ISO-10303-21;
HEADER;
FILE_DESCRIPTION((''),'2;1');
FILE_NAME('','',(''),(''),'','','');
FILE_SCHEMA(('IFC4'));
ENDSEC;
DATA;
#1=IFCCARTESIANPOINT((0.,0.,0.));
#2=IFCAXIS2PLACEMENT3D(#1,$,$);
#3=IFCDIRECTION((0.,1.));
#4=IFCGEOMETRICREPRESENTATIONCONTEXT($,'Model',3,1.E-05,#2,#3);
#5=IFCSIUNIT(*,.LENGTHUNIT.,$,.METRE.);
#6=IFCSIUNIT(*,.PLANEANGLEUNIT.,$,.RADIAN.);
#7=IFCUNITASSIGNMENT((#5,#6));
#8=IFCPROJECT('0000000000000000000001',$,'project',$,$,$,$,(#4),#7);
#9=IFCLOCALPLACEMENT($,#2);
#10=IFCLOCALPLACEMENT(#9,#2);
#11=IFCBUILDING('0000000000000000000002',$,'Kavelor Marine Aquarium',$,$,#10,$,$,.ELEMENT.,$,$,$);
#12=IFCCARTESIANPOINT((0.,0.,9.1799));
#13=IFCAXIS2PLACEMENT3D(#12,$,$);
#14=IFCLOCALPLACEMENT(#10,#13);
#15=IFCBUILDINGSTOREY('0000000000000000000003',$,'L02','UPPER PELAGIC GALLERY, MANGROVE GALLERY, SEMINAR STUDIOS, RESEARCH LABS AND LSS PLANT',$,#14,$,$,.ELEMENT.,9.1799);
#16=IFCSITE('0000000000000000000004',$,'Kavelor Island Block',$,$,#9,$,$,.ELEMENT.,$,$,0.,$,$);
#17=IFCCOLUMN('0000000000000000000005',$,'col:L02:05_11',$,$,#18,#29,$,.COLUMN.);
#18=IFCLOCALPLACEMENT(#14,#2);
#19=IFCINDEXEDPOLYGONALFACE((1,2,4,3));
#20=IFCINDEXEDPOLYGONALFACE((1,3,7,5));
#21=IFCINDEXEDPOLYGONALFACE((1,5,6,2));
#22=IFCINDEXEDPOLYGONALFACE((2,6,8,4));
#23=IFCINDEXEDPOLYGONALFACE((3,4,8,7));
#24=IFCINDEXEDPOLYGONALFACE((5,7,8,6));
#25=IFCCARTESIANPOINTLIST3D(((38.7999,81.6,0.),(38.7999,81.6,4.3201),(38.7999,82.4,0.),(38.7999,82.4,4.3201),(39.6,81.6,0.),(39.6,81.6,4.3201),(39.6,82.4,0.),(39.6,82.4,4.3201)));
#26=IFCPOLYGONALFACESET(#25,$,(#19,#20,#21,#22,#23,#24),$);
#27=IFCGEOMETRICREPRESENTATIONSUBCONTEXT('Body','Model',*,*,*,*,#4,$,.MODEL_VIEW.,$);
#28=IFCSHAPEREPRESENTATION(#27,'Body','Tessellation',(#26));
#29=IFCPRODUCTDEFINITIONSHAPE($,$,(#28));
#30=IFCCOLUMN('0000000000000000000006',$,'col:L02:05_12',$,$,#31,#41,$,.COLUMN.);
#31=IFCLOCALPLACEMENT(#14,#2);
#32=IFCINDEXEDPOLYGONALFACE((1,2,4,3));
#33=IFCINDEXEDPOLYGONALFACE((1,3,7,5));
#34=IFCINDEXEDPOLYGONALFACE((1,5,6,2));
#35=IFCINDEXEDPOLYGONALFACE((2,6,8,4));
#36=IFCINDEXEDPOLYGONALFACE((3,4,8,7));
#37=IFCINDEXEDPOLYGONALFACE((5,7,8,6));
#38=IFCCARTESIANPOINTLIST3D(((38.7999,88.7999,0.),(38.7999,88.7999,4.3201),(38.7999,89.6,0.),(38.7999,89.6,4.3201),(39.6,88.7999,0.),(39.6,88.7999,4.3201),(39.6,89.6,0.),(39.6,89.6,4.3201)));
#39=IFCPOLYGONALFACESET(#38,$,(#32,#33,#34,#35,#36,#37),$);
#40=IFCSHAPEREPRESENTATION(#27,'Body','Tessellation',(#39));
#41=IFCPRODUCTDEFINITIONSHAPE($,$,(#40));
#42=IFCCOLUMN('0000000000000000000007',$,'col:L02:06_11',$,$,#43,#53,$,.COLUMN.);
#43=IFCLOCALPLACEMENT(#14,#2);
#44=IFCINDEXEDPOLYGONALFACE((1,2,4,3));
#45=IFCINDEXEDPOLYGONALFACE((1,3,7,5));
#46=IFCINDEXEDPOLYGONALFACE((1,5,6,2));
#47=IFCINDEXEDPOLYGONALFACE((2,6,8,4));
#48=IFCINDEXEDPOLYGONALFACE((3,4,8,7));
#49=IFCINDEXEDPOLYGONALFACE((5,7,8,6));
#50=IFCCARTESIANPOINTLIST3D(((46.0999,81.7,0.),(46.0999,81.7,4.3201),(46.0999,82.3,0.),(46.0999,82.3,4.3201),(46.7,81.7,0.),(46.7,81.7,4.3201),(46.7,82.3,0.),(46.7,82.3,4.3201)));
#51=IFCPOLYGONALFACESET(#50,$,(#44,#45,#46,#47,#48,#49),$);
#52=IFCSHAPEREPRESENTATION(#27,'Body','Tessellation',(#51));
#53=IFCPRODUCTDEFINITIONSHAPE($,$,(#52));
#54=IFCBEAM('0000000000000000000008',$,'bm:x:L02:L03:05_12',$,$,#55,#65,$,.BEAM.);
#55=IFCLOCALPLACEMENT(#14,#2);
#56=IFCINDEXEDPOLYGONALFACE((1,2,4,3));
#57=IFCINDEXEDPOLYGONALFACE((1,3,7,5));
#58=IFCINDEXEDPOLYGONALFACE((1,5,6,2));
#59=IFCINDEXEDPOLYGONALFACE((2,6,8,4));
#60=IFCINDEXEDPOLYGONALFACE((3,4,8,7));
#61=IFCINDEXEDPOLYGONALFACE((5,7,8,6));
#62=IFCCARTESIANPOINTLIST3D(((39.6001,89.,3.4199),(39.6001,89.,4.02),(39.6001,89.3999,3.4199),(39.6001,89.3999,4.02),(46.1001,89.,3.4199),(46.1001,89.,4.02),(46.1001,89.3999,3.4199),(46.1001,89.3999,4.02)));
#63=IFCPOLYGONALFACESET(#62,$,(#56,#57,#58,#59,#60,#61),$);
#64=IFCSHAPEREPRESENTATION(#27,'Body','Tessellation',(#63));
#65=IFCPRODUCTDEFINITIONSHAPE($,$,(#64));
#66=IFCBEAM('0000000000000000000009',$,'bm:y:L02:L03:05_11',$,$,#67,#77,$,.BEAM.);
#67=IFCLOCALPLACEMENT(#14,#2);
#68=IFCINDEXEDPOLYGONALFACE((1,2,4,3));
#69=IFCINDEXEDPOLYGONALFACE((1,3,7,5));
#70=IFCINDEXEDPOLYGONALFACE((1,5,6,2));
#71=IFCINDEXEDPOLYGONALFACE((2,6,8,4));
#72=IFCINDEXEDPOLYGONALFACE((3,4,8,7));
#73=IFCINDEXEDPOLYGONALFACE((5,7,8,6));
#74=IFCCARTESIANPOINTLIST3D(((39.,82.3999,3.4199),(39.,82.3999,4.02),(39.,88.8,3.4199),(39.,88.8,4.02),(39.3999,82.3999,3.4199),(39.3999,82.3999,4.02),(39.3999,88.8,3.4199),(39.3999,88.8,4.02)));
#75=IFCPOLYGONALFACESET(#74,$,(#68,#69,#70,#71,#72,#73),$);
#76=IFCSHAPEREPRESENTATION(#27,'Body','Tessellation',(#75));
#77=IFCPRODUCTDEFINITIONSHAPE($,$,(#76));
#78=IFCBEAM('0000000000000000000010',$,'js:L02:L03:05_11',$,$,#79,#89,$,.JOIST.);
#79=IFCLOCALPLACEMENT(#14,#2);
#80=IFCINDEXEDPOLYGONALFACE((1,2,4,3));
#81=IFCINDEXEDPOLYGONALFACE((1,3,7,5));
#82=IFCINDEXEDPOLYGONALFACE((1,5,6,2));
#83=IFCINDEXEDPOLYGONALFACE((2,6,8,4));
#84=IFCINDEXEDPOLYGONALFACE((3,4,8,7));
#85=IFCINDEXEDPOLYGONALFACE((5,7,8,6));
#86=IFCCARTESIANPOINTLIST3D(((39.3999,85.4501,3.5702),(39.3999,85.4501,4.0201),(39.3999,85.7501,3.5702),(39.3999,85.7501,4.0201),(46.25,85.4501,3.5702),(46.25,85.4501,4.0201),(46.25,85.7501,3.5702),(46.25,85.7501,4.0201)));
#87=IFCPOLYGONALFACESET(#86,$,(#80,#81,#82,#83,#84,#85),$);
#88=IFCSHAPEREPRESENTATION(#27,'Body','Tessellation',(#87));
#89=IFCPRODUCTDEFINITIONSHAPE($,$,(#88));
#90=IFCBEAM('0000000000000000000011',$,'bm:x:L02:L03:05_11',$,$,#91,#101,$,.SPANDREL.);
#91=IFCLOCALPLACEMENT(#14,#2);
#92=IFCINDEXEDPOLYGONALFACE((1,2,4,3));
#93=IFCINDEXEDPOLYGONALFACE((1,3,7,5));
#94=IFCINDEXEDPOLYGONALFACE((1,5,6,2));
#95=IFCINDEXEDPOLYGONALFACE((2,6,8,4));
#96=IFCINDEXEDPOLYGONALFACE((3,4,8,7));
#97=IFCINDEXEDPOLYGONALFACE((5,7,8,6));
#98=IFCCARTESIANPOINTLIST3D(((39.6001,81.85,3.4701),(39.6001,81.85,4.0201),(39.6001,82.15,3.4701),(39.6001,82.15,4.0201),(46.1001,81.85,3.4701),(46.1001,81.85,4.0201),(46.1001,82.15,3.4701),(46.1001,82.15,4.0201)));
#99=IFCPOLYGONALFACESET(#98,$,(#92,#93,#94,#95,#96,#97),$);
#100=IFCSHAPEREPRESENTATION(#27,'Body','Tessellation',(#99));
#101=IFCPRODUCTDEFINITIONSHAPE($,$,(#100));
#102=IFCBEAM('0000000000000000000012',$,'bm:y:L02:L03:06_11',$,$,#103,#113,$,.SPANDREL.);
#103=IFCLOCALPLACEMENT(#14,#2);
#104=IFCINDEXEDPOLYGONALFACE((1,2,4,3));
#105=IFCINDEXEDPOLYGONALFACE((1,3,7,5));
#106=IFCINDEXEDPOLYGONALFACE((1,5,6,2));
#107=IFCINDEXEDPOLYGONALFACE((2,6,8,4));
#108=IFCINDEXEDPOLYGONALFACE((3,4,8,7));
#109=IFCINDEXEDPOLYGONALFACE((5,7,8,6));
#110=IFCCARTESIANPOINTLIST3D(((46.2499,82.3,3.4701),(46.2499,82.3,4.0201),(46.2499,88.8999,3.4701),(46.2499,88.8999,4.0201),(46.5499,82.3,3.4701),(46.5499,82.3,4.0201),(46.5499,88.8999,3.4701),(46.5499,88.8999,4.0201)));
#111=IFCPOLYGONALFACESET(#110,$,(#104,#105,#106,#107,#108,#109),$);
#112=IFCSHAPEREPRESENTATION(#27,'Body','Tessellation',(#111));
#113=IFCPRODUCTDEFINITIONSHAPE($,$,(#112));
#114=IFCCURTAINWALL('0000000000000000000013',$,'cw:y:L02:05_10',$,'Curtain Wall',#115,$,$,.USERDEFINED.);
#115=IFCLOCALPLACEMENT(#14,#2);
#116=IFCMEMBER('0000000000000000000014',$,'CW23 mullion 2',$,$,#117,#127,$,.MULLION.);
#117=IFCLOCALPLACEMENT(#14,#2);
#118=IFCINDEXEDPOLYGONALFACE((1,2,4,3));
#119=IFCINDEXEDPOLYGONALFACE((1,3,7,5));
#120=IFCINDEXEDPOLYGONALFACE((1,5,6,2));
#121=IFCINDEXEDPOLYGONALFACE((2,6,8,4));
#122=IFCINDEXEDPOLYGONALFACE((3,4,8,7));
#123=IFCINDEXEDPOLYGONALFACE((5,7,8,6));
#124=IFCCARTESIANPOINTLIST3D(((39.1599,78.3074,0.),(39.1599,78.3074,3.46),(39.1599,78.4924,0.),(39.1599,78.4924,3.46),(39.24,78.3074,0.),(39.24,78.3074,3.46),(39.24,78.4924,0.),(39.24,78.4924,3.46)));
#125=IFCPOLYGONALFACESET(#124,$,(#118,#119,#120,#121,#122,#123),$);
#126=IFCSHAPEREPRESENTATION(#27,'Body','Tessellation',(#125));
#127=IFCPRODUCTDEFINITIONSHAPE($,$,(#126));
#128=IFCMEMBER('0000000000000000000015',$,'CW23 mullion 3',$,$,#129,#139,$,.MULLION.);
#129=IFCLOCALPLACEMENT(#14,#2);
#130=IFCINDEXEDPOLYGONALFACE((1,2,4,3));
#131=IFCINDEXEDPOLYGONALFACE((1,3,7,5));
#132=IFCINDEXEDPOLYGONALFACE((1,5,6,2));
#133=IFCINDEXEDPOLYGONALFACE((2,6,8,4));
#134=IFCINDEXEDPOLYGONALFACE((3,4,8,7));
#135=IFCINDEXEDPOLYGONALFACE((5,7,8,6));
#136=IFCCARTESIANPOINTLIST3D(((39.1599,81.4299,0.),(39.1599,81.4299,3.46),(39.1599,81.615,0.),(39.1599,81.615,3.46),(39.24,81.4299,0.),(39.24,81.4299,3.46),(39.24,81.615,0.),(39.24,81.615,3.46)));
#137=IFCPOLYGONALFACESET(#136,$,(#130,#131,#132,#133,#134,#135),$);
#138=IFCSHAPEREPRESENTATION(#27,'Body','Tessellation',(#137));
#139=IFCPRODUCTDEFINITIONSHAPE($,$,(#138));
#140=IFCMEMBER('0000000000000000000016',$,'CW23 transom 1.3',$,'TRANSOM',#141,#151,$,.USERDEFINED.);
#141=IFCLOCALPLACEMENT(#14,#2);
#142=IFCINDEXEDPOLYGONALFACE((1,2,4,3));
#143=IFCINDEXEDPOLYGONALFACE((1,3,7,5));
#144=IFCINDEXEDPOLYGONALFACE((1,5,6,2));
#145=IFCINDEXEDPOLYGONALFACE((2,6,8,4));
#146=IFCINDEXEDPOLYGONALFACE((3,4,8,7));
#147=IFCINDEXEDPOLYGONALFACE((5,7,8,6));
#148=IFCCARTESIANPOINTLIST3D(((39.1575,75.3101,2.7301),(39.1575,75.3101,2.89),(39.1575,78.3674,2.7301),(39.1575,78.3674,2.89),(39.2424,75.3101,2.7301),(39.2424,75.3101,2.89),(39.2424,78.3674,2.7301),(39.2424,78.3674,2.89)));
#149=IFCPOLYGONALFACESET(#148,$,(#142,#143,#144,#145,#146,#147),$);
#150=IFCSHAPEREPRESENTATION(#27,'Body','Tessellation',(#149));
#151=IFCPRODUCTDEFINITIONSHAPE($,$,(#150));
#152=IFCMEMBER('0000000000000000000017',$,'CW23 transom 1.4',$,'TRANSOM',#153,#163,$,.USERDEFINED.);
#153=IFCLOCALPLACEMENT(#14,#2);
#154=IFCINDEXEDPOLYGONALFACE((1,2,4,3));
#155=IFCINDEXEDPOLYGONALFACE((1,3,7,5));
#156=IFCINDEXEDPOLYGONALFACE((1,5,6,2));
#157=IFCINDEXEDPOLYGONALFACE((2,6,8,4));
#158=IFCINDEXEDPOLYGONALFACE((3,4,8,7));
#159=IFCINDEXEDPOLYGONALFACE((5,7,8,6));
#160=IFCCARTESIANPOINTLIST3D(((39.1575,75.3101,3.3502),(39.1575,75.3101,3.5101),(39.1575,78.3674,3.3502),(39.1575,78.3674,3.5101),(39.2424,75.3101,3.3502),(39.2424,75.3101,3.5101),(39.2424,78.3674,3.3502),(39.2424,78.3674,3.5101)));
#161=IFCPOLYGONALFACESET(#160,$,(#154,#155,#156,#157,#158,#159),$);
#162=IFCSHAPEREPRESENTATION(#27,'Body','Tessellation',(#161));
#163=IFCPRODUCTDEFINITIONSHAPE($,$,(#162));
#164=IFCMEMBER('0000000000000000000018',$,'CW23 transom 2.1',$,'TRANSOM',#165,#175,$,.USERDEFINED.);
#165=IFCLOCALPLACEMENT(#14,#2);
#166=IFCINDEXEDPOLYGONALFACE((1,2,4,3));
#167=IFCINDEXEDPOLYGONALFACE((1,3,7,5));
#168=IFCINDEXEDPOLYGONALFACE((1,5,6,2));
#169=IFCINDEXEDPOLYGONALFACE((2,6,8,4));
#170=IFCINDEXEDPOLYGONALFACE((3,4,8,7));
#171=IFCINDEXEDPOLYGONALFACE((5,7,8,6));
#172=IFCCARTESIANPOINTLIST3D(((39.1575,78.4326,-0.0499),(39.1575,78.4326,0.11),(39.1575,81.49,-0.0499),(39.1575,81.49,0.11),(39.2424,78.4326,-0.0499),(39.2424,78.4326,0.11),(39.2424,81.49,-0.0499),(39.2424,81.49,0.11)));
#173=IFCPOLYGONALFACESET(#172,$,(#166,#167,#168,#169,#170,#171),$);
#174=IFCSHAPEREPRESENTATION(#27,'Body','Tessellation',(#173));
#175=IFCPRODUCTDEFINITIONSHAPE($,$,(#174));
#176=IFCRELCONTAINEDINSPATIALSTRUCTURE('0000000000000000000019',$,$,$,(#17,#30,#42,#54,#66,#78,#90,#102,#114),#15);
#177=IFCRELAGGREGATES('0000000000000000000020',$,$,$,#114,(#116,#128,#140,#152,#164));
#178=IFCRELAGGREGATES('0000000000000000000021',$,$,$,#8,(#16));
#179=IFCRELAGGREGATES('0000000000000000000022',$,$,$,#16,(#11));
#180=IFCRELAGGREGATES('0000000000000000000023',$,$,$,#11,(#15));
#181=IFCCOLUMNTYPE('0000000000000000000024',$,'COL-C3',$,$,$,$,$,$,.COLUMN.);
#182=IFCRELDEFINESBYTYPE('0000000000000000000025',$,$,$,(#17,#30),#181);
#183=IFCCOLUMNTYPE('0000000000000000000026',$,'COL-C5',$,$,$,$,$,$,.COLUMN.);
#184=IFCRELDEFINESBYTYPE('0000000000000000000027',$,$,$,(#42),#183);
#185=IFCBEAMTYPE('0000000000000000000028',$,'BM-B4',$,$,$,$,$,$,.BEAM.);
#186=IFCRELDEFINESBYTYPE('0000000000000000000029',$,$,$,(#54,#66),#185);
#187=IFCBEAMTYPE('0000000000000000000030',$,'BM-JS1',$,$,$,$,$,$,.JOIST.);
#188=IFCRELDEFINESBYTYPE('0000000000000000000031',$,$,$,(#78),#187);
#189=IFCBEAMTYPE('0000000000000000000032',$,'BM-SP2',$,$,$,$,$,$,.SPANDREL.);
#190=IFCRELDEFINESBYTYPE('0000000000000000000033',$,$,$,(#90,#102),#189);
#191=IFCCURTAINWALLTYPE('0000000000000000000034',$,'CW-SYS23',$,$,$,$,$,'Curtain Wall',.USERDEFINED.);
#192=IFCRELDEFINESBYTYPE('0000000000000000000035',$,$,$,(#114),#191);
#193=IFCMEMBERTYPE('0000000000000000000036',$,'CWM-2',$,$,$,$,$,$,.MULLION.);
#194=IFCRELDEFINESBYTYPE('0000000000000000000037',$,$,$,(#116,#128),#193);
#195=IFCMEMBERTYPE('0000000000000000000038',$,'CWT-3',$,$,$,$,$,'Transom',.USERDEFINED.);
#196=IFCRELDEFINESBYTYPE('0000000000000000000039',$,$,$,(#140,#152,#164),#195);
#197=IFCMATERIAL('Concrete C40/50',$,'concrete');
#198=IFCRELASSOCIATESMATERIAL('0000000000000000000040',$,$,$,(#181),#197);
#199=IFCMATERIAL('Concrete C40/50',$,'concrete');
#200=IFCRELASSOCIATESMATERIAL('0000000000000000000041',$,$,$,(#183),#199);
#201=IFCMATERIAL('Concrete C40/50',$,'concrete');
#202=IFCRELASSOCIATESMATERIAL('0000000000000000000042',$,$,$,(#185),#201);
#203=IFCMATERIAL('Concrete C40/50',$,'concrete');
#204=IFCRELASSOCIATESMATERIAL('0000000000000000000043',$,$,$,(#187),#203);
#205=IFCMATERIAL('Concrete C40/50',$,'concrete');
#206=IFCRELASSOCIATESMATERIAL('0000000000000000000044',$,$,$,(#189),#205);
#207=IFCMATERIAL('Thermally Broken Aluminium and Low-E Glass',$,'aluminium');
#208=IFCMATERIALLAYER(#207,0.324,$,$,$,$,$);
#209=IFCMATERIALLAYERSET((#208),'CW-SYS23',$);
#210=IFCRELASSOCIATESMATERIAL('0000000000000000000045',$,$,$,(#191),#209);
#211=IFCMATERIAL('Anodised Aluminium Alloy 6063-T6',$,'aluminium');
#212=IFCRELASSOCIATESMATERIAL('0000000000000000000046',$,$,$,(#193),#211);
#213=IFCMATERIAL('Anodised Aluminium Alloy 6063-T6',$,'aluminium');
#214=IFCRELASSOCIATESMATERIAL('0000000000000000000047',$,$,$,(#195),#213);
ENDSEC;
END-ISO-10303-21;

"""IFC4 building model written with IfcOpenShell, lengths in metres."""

from ifc_helpers import new_model, si_unit, direction, frame, origin, origin_2d, place, context, subcontext, project, spatial, rectangle, extrude, material, layer, layer_set, material_profile, profile_set, type_object, element, aggregate, save


model = new_model("IFC4")

# Units and contexts
model_context = context("Model", 3, precision=1e-05, world=origin(), true_north=direction((0.0, 1.0)))
body_context = subcontext(model_context, "Body", "Model", "MODEL_VIEW")
ifc_project = project(units=[si_unit("LENGTHUNIT", "METRE"), si_unit("PLANEANGLEUNIT", "RADIAN")], contexts=[model_context])

# Site, building, storey
site_placement = place(None, origin())
site = spatial("IfcSite", under=ifc_project, at=site_placement, Name="Kavelor Island Block", CompositionType="ELEMENT", RefElevation=0.0)
building_placement = place(site_placement, origin())
building = spatial("IfcBuilding", under=site, at=building_placement, Name="Kavelor Marine Aquarium", CompositionType="ELEMENT")
storey_placement = place(building_placement, frame((0.0, 0.0, 9.1799)))
storey = spatial("IfcBuildingStorey", under=building, at=storey_placement, Name="L02", Description="UPPER PELAGIC GALLERY, MANGROVE GALLERY, SEMINAR STUDIOS, RESEARCH LABS AND LSS PLANT", CompositionType="ELEMENT", Elevation=9.1799)

# Columns
ifc_material_1 = material(Name="Concrete C40/50", Category="concrete")
ifc_material_profile_1 = material_profile(ifc_material_1, rectangle(XDim=0.8, YDim=0.8, at=origin_2d()), Name="RC-COL 800x800")
ifc_profile_set_1 = profile_set([ifc_material_profile_1], Name="Concrete C40/50")
column_type_1 = type_object("IfcColumnType", Name="COL-C3", PredefinedType="COLUMN", material=ifc_profile_set_1)
for number, where, z_axis, x_axis, name in (
    (1, (39.2, 82.0, 0.0), (0.0, 0.0, 1.0), (1.0, 0.0, 0.0), "col:L02:05_11"),
    (2, (39.2, 89.2, 0.0), (0.0, 0.0, 1.0), (1.0, 0.0, 0.0), "col:L02:05_12"),
):
    element("IfcColumn", number, at=place(storey_placement, frame(where, z_axis=z_axis, x_axis=x_axis)), inside=storey, type_object=column_type_1, Name=name, PredefinedType="COLUMN", context=body_context, shape_type="SweptSolid", body=[
        extrude(rectangle(XDim=0.8, YDim=0.8, at=origin_2d()), origin(), (0.0, 0.0, 1.0), 4.3201),
    ])
ifc_material_2 = material(Name="Concrete C40/50", Category="concrete")
ifc_material_profile_2 = material_profile(ifc_material_2, rectangle(XDim=0.6001, YDim=0.6001, at=origin_2d()), Name="RC-COL 600x600")
ifc_profile_set_2 = profile_set([ifc_material_profile_2], Name="Concrete C40/50")
column_type_2 = type_object("IfcColumnType", Name="COL-C5", PredefinedType="COLUMN", material=ifc_profile_set_2)
column_placement = place(storey_placement, frame((46.3999, 82.0, 0.0), z_axis=(0.0, 0.0, 1.0), x_axis=(1.0, 0.0, 0.0)))
element("IfcColumn", 3, at=column_placement, inside=storey, type_object=column_type_2, Name="col:L02:06_11", PredefinedType="COLUMN", context=body_context, shape_type="SweptSolid", body=[
    extrude(rectangle(XDim=0.6001, YDim=0.6001, at=origin_2d()), origin(), (0.0, 0.0, 1.0), 4.3201),
])

# Beams
ifc_material_3 = material(Name="Concrete C40/50", Category="concrete")
ifc_material_profile_3 = material_profile(ifc_material_3, rectangle(XDim=0.3999, YDim=0.6001, at=origin_2d()), Name="RC-BM 400x600")
ifc_profile_set_3 = profile_set([ifc_material_profile_3], Name="Concrete C40/50")
beam_type_1 = type_object("IfcBeamType", Name="BM-B4", PredefinedType="BEAM", material=ifc_profile_set_3)
beam_1_placement = place(storey_placement, frame((39.6001, 89.2, 3.72), z_axis=(1.0, 0.0, 0.0), x_axis=(0.0, 1.0, 0.0)))
element("IfcBeam", 4, at=beam_1_placement, inside=storey, type_object=beam_type_1, Name="bm:x:L02:L03:05_12", PredefinedType="BEAM", context=body_context, shape_type="SweptSolid", body=[
    extrude(rectangle(XDim=0.3999, YDim=0.6001, at=origin_2d()), origin(), (0.0, 0.0, 1.0), 6.5),
])
beam_2_placement = place(storey_placement, frame((39.2, 82.3999, 3.72), z_axis=(0.0, 1.0, 0.0), x_axis=(-1.0, 0.0, 0.0)))
element("IfcBeam", 5, at=beam_2_placement, inside=storey, type_object=beam_type_1, Name="bm:y:L02:L03:05_11", PredefinedType="BEAM", context=body_context, shape_type="SweptSolid", body=[
    extrude(rectangle(XDim=0.3999, YDim=0.6001, at=origin_2d()), origin(), (0.0, 0.0, 1.0), 6.4001),
])
ifc_material_4 = material(Name="Concrete C40/50", Category="concrete")
ifc_material_profile_4 = material_profile(ifc_material_4, rectangle(XDim=0.3, YDim=0.45, at=origin_2d()), Name="RC-JS 300x450")
ifc_profile_set_4 = profile_set([ifc_material_profile_4], Name="Concrete C40/50")
beam_type_2 = type_object("IfcBeamType", Name="BM-JS1", PredefinedType="JOIST", material=ifc_profile_set_4)
beam_3_placement = place(storey_placement, frame((39.3999, 85.6001, 3.7952), z_axis=(1.0, 0.0, 0.0), x_axis=(0.0, 1.0, 0.0)))
element("IfcBeam", 6, at=beam_3_placement, inside=storey, type_object=beam_type_2, Name="js:L02:L03:05_11", PredefinedType="JOIST", context=body_context, shape_type="SweptSolid", body=[
    extrude(rectangle(XDim=0.3, YDim=0.45, at=origin_2d()), origin(), (0.0, 0.0, 1.0), 6.8501),
])
ifc_material_5 = material(Name="Concrete C40/50", Category="concrete")
ifc_material_profile_5 = material_profile(ifc_material_5, rectangle(XDim=0.3, YDim=0.55, at=origin_2d()), Name="RC-SP 300x550")
ifc_profile_set_5 = profile_set([ifc_material_profile_5], Name="Concrete C40/50")
beam_type_3 = type_object("IfcBeamType", Name="BM-SP2", PredefinedType="SPANDREL", material=ifc_profile_set_5)
beam_4_placement = place(storey_placement, frame((39.6001, 82.0, 3.7451), z_axis=(1.0, 0.0, 0.0), x_axis=(0.0, 1.0, 0.0)))
element("IfcBeam", 7, at=beam_4_placement, inside=storey, type_object=beam_type_3, Name="bm:x:L02:L03:05_11", PredefinedType="SPANDREL", context=body_context, shape_type="SweptSolid", body=[
    extrude(rectangle(XDim=0.3, YDim=0.55, at=origin_2d()), origin(), (0.0, 0.0, 1.0), 6.5),
])
beam_5_placement = place(storey_placement, frame((46.3999, 82.3, 3.7451), z_axis=(0.0, 1.0, 0.0), x_axis=(-1.0, 0.0, 0.0)))
element("IfcBeam", 8, at=beam_5_placement, inside=storey, type_object=beam_type_3, Name="bm:y:L02:L03:06_11", PredefinedType="SPANDREL", context=body_context, shape_type="SweptSolid", body=[
    extrude(rectangle(XDim=0.3, YDim=0.55, at=origin_2d()), origin(), (0.0, 0.0, 1.0), 6.5999),
])

# Curtain wall, members
ifc_material_6 = material(Name="Thermally Broken Aluminium and Low-E Glass", Category="aluminium")
ifc_layer_1 = layer(ifc_material_6, 0.324)
ifc_layer_set_1 = layer_set([ifc_layer_1], Name="CW-SYS23")
curtain_wall_type = type_object("IfcCurtainWallType", Name="CW-SYS23", ElementType="Curtain Wall", PredefinedType="USERDEFINED", material=ifc_layer_set_1)
curtain_wall_placement = place(storey_placement, origin())
curtain_wall = element("IfcCurtainWall", 9, at=curtain_wall_placement, inside=storey, type_object=curtain_wall_type, Name="cw:y:L02:05_10", ObjectType="Curtain Wall", PredefinedType="USERDEFINED")
ifc_material_7 = material(Name="Anodised Aluminium Alloy 6063-T6", Category="aluminium")
ifc_material_profile_6 = material_profile(ifc_material_7, rectangle(XDim=0.0801, YDim=0.1851, at=origin_2d()), Name="CW-MUL 80x185")
ifc_profile_set_6 = profile_set([ifc_material_profile_6], Name="Anodised Aluminium Alloy 6063-T6")
member_type_1 = type_object("IfcMemberType", Name="CWM-2", PredefinedType="MULLION", material=ifc_profile_set_6)
member_1_placement = place(storey_placement, frame((39.2, 78.3999, 0.0), z_axis=(0.0, 0.0, 1.0), x_axis=(-1.0, 0.0, 0.0)))
member_1 = element("IfcMember", 10, at=member_1_placement, type_object=member_type_1, Name="CW23 mullion 2", PredefinedType="MULLION", context=body_context, shape_type="SweptSolid", body=[
    extrude(rectangle(XDim=0.0801, YDim=0.1851, at=origin_2d()), origin(), (0.0, 0.0, 1.0), 3.46),
])
member_2_placement = place(storey_placement, frame((39.2, 81.5225, 0.0), z_axis=(0.0, 0.0, 1.0), x_axis=(-1.0, 0.0, 0.0)))
member_2 = element("IfcMember", 11, at=member_2_placement, type_object=member_type_1, Name="CW23 mullion 3", PredefinedType="MULLION", context=body_context, shape_type="SweptSolid", body=[
    extrude(rectangle(XDim=0.0801, YDim=0.1851, at=origin_2d()), origin(), (0.0, 0.0, 1.0), 3.46),
])
ifc_material_8 = material(Name="Anodised Aluminium Alloy 6063-T6", Category="aluminium")
ifc_material_profile_7 = material_profile(ifc_material_8, rectangle(XDim=0.085, YDim=0.1599, at=origin_2d()), Name="CW-TRN 85x160")
ifc_profile_set_7 = profile_set([ifc_material_profile_7], Name="Anodised Aluminium Alloy 6063-T6")
member_type_2 = type_object("IfcMemberType", Name="CWT-3", ElementType="Transom", PredefinedType="USERDEFINED", material=ifc_profile_set_7)
member_3_placement = place(storey_placement, frame((39.2, 75.3101, 2.8101), z_axis=(0.0, 1.0, 0.0), x_axis=(-1.0, 0.0, 0.0)))
member_3 = element("IfcMember", 12, at=member_3_placement, type_object=member_type_2, Name="CW23 transom 1.3", ObjectType="TRANSOM", PredefinedType="USERDEFINED", context=body_context, shape_type="SweptSolid", body=[
    extrude(rectangle(XDim=0.085, YDim=0.1599, at=origin_2d()), origin(), (0.0, 0.0, 1.0), 3.0574),
])
member_4_placement = place(storey_placement, frame((39.2, 75.3101, 3.4302), z_axis=(0.0, 1.0, 0.0), x_axis=(-1.0, 0.0, 0.0)))
member_4 = element("IfcMember", 13, at=member_4_placement, type_object=member_type_2, Name="CW23 transom 1.4", ObjectType="TRANSOM", PredefinedType="USERDEFINED", context=body_context, shape_type="SweptSolid", body=[
    extrude(rectangle(XDim=0.085, YDim=0.1599, at=origin_2d()), origin(), (0.0, 0.0, 1.0), 3.0574),
])
member_5_placement = place(storey_placement, frame((39.2, 78.4326, 0.03), z_axis=(0.0, 1.0, 0.0), x_axis=(-1.0, 0.0, 0.0)))
member_5 = element("IfcMember", 14, at=member_5_placement, type_object=member_type_2, Name="CW23 transom 2.1", ObjectType="TRANSOM", PredefinedType="USERDEFINED", context=body_context, shape_type="SweptSolid", body=[
    extrude(rectangle(XDim=0.085, YDim=0.1599, at=origin_2d()), origin(), (0.0, 0.0, 1.0), 3.0574),
])
aggregate(curtain_wall, [member_1, member_2, member_3, member_4, member_5])

save(model, "model.ifc")
